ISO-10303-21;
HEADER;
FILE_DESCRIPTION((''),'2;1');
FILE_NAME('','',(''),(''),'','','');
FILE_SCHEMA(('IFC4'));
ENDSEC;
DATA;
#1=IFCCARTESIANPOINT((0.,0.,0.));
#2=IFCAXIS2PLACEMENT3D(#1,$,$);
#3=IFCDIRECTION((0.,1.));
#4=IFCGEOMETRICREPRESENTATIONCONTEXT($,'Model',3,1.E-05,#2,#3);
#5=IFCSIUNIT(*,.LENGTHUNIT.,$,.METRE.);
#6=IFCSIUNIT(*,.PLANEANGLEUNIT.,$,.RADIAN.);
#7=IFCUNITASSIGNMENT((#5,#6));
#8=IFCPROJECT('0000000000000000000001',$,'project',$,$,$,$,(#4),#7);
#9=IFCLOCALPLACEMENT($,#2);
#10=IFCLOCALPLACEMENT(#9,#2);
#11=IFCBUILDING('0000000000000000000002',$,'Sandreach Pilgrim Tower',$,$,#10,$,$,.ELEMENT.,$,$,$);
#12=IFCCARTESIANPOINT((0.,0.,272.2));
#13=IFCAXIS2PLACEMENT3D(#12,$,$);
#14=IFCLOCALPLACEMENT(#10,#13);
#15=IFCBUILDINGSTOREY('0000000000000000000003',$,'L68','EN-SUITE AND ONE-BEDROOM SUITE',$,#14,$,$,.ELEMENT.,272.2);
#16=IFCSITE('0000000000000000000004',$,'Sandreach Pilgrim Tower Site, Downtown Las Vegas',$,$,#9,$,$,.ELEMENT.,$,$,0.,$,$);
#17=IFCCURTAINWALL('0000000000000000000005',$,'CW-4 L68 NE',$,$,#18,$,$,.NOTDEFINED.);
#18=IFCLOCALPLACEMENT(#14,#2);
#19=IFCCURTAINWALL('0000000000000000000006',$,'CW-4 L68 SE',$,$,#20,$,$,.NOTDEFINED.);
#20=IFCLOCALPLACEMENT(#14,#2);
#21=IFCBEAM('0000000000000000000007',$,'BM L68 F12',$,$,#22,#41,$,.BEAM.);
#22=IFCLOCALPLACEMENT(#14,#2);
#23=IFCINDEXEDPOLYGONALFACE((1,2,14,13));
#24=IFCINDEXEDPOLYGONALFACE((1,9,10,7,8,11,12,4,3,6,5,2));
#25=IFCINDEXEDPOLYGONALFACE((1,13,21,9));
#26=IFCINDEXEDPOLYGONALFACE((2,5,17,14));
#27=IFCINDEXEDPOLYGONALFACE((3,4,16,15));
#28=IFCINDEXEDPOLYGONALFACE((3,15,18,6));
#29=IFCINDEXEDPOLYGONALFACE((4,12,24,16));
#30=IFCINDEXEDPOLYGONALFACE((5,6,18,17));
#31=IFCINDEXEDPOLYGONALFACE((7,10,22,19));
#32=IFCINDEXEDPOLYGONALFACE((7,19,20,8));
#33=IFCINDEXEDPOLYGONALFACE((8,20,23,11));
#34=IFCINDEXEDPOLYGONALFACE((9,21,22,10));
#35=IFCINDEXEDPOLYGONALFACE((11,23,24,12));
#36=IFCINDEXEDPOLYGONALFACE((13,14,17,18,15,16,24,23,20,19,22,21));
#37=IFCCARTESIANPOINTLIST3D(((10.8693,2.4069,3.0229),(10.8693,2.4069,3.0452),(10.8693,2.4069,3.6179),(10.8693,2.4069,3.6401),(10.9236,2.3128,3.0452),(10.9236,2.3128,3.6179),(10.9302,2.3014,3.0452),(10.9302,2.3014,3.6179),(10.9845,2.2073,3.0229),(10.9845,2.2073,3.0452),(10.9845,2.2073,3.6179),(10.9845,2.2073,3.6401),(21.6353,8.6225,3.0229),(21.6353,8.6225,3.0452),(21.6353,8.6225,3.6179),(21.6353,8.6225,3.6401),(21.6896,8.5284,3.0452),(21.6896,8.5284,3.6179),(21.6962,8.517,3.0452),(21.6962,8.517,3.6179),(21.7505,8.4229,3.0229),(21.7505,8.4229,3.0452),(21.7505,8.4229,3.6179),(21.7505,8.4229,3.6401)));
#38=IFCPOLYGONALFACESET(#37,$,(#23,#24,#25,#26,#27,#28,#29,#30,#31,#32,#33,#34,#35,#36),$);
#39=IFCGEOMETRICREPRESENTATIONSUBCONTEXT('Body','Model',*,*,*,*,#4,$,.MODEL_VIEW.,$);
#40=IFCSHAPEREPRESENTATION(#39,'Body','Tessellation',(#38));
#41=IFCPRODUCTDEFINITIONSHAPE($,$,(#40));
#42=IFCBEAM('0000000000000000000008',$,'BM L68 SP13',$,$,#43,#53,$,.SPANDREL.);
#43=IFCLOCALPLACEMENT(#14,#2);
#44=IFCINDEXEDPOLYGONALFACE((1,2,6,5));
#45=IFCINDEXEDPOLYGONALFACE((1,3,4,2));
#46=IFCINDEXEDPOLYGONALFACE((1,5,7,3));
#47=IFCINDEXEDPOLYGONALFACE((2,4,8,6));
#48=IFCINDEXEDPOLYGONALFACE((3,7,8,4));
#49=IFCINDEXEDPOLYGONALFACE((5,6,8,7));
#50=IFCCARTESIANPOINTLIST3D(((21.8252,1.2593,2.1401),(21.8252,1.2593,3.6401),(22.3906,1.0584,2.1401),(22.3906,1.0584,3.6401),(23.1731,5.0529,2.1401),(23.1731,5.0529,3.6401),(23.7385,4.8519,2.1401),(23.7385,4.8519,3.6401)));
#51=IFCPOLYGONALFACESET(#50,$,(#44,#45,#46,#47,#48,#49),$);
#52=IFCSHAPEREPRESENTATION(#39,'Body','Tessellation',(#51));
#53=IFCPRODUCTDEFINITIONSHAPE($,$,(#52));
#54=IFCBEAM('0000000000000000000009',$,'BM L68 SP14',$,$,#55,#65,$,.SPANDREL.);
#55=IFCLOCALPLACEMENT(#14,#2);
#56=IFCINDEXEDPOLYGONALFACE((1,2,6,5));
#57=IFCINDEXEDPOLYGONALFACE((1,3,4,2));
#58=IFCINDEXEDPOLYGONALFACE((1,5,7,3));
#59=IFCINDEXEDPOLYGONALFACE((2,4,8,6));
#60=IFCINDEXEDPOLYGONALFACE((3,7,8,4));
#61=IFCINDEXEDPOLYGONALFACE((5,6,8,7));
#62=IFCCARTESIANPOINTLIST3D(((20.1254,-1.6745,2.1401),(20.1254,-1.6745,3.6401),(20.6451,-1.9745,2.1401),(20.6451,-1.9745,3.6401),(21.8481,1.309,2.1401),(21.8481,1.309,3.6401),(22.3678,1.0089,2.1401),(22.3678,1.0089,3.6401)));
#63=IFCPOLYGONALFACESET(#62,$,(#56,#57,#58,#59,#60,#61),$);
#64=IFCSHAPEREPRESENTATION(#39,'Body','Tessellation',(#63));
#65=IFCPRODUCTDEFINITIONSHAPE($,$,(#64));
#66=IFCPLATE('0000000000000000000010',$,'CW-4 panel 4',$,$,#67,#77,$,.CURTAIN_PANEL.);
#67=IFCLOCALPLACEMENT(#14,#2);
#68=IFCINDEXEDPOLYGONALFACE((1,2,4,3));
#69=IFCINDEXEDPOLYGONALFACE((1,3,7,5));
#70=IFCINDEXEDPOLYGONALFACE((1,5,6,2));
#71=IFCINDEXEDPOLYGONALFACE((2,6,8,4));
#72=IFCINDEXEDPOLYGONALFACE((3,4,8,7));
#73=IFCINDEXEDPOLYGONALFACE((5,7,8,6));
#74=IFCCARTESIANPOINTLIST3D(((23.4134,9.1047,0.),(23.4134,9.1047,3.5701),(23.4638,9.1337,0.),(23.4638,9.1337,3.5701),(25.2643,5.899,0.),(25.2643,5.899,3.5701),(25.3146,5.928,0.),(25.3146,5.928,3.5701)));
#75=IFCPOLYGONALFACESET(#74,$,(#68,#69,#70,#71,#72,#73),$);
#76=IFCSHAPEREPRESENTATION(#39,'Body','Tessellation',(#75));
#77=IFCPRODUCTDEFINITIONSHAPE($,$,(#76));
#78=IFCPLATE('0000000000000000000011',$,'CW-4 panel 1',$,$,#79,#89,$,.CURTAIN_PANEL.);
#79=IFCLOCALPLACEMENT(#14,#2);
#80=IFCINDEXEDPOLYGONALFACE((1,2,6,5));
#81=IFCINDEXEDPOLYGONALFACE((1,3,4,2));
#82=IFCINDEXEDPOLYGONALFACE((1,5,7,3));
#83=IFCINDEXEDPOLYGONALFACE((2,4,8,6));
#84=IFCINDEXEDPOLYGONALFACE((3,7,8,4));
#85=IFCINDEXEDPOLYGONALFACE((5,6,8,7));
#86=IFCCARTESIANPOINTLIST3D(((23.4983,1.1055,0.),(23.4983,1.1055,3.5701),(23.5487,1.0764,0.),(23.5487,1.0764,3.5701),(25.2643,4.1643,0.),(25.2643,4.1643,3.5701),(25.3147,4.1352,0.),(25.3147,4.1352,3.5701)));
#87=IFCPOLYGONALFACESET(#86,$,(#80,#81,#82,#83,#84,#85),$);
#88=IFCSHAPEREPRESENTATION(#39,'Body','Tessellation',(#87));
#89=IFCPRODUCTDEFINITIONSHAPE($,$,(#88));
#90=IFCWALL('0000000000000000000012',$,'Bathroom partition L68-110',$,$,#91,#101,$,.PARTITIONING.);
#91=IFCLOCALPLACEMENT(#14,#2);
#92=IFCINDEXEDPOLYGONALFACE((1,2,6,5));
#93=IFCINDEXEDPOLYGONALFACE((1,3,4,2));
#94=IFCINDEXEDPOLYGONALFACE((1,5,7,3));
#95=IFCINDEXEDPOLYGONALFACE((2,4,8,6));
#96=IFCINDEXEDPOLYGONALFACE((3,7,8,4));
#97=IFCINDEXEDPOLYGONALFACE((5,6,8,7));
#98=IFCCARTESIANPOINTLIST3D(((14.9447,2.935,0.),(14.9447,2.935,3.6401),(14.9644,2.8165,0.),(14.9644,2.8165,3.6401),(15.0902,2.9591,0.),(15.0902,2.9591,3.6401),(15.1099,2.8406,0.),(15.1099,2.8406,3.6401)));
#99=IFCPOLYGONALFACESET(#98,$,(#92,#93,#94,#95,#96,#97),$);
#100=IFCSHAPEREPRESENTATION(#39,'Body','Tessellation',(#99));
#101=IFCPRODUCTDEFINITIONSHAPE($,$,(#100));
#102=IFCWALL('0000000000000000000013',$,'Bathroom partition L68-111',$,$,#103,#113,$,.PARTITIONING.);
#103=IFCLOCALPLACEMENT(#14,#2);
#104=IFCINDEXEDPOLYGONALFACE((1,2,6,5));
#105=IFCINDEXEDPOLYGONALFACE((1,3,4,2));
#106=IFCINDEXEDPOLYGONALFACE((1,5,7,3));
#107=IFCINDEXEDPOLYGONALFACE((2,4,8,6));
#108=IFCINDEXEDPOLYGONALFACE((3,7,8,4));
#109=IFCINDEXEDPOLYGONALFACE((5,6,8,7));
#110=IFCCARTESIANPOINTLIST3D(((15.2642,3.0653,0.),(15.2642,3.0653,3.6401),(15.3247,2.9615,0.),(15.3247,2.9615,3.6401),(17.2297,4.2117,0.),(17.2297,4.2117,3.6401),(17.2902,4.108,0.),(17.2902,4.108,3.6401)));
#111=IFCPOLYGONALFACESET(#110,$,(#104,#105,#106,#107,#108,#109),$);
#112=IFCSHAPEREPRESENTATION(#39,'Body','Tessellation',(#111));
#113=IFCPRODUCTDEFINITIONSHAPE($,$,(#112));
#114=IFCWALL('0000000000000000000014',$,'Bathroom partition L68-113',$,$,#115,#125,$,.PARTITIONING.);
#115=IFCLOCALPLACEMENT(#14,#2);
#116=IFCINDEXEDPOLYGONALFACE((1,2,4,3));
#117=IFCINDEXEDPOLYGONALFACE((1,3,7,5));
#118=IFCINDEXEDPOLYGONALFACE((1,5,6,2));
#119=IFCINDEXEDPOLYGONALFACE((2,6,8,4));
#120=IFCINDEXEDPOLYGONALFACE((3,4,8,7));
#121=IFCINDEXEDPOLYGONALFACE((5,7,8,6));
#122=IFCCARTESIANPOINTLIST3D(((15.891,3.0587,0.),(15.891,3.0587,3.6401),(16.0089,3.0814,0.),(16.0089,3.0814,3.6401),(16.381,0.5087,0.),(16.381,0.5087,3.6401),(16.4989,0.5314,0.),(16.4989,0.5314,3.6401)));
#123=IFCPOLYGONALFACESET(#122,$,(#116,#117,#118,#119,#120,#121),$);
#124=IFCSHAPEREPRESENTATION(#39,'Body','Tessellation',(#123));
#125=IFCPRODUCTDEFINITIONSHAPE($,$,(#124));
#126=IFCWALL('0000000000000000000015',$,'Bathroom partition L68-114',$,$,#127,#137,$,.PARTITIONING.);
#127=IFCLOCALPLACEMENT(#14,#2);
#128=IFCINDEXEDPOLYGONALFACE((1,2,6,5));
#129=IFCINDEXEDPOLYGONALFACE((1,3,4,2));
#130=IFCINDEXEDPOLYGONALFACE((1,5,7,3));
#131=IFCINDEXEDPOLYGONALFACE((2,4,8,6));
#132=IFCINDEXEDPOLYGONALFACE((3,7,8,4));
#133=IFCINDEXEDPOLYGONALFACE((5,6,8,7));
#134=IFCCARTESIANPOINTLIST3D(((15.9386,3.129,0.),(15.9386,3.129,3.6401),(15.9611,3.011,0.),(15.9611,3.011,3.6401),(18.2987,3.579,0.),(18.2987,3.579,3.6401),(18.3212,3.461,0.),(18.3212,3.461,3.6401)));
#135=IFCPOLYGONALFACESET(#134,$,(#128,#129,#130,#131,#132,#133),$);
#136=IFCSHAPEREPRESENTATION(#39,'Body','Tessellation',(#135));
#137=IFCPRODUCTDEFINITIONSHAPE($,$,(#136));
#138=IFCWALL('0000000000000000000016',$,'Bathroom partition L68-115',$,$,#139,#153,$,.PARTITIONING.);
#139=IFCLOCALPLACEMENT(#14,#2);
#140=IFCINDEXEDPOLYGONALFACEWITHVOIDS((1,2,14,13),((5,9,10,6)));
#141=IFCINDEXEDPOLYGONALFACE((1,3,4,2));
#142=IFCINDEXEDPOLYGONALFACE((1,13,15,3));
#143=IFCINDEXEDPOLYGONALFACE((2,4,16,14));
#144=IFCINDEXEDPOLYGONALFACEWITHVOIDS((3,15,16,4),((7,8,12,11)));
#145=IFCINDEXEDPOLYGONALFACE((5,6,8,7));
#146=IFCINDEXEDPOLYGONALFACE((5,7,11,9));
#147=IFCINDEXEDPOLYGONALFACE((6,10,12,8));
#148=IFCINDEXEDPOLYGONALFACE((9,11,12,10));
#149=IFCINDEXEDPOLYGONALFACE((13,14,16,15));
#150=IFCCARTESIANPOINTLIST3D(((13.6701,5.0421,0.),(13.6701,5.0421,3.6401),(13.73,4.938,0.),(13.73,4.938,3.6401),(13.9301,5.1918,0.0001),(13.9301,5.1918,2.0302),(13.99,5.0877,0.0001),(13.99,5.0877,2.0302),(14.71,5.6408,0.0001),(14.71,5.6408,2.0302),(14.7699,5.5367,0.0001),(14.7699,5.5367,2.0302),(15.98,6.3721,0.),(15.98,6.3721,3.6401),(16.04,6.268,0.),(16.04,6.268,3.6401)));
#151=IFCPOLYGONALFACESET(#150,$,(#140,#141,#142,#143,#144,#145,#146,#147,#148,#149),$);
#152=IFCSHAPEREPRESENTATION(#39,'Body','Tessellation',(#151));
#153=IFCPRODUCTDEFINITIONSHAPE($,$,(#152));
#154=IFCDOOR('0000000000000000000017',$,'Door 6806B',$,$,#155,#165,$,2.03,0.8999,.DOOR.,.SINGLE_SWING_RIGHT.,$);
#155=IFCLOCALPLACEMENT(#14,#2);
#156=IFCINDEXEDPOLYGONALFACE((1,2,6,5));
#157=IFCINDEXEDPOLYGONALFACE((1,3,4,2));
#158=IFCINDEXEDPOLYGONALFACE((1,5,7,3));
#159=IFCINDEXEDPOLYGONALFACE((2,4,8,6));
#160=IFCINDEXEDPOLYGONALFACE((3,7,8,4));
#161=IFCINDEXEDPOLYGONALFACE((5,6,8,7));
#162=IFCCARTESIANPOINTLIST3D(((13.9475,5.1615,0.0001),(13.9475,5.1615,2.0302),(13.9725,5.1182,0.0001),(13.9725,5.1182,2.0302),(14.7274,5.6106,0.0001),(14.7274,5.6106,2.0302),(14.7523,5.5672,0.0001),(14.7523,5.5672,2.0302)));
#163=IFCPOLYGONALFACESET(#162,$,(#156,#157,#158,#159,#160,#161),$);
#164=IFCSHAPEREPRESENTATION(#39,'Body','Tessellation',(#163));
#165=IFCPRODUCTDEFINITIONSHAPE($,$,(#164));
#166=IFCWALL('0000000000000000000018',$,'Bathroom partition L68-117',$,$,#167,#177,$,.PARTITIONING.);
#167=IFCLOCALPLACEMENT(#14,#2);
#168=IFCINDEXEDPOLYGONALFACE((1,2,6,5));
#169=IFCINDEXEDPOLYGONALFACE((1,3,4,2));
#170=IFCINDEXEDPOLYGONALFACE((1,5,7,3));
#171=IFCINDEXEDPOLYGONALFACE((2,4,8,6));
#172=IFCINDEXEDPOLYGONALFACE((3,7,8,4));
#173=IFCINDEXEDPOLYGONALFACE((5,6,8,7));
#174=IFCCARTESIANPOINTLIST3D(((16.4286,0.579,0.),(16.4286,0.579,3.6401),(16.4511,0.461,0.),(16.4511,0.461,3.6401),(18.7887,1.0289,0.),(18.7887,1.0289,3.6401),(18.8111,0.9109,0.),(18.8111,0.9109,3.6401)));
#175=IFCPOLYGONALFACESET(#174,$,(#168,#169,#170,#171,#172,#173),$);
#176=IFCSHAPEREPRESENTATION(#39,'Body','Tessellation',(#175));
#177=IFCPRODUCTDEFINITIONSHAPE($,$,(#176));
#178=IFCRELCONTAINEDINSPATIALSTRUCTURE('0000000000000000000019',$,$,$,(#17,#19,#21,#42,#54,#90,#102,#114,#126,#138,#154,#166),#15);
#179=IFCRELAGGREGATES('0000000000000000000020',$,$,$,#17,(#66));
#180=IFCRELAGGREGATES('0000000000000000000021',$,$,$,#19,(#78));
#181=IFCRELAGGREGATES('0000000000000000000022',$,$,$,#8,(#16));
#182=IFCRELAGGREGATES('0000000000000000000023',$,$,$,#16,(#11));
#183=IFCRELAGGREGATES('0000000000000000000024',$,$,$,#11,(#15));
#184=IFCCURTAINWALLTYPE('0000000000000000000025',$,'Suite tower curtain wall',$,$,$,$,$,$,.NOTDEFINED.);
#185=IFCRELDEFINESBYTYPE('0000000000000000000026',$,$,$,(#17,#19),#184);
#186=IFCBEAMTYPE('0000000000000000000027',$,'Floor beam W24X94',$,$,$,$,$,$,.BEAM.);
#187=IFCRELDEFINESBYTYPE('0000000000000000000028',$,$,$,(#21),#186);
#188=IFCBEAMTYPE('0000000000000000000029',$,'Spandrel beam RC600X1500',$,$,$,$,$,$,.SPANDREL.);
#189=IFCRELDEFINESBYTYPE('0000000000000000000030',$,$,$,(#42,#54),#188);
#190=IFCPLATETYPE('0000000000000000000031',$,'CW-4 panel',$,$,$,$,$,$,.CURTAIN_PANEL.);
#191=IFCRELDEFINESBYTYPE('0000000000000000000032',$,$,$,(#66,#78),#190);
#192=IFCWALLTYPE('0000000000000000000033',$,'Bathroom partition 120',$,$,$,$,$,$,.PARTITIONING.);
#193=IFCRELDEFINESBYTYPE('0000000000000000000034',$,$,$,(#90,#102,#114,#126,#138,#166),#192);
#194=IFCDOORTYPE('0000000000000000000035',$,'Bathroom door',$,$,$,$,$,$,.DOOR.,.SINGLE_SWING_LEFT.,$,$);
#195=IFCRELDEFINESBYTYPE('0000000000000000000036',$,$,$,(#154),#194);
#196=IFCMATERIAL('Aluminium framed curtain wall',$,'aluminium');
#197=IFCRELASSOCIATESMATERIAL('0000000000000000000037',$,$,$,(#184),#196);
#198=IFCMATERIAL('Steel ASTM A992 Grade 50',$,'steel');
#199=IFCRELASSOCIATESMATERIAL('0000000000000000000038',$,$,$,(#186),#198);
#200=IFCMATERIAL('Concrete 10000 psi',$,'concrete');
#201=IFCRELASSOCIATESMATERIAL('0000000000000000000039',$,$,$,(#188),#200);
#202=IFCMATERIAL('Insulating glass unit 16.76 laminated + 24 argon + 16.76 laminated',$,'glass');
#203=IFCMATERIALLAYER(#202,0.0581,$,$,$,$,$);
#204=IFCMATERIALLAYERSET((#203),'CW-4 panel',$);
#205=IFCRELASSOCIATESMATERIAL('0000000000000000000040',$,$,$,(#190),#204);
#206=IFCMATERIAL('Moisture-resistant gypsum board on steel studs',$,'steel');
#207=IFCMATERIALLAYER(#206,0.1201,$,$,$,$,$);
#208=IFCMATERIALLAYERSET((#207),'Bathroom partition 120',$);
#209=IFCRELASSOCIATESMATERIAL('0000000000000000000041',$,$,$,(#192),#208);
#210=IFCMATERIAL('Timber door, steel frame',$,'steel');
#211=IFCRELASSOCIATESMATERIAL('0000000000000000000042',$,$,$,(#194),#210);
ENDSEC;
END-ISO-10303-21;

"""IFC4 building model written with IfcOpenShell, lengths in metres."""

from ifc_helpers import new_model, si_unit, direction, frame, frame_2d, origin, origin_2d, place, context, subcontext, project, spatial, rectangle, i_section, extrude, material, layer, layer_set, material_profile, profile_set, type_object, element, fill, aggregate, save


model = new_model("IFC4")

# Units and contexts
model_context = context("Model", 3, precision=1e-05, world=origin(), true_north=direction((0.0, 1.0)))
body_context = subcontext(model_context, "Body", "Model", "MODEL_VIEW")
ifc_project = project(units=[si_unit("LENGTHUNIT", "METRE"), si_unit("PLANEANGLEUNIT", "RADIAN")], contexts=[model_context])

# Site, building, storey
site_placement = place(None, origin())
site = spatial("IfcSite", under=ifc_project, at=site_placement, Name="Sandreach Pilgrim Tower Site, Downtown Las Vegas", CompositionType="ELEMENT", RefElevation=0.0)
building_placement = place(site_placement, origin())
building = spatial("IfcBuilding", under=site, at=building_placement, Name="Sandreach Pilgrim Tower", CompositionType="ELEMENT")
storey_placement = place(building_placement, frame((0.0, 0.0, 272.2)))
storey = spatial("IfcBuildingStorey", under=building, at=storey_placement, Name="L68", Description="EN-SUITE AND ONE-BEDROOM SUITE", CompositionType="ELEMENT", Elevation=272.2)

# Curtain wall
ifc_material_1 = material(Name="Aluminium framed curtain wall", Category="aluminium")
curtain_wall_type = type_object("IfcCurtainWallType", Name="Suite tower curtain wall", PredefinedType="NOTDEFINED", material=ifc_material_1)
curtain_wall_1_placement = place(storey_placement, origin())
curtain_wall_1 = element("IfcCurtainWall", 1, at=curtain_wall_1_placement, inside=storey, type_object=curtain_wall_type, Name="CW-4 L68 NE", PredefinedType="NOTDEFINED")

# Curtain wall
curtain_wall_2_placement = place(storey_placement, origin())
curtain_wall_2 = element("IfcCurtainWall", 2, at=curtain_wall_2_placement, inside=storey, type_object=curtain_wall_type, Name="CW-4 L68 SE", PredefinedType="NOTDEFINED")

# Beams
ifc_material_2 = material(Name="Steel ASTM A992 Grade 50", Category="steel")
ifc_material_profile_1 = material_profile(ifc_material_2, i_section(OverallWidth=0.2305, OverallDepth=0.6172, WebThickness=0.0132, FlangeThickness=0.0222, at=origin_2d()), Name="W24X94")
ifc_profile_set_1 = profile_set([ifc_material_profile_1], Name="Steel ASTM A992 Grade 50")
beam_type_1 = type_object("IfcBeamType", Name="Floor beam W24X94", PredefinedType="BEAM", material=ifc_profile_set_1)
beam_1_placement = place(storey_placement, frame((21.6929, 8.5227, 3.3315), z_axis=(-0.866029, -0.499994, 0.0), x_axis=(0.499994, -0.866029, 0.0)))
element("IfcBeam", 3, at=beam_1_placement, inside=storey, type_object=beam_type_1, Name="BM L68 F12", PredefinedType="BEAM", context=body_context, shape_type="SweptSolid", body=[
    extrude(i_section(OverallWidth=0.2305, OverallDepth=0.6172, WebThickness=0.0132, FlangeThickness=0.0222, at=origin_2d()), origin(), (0.0, 0.0, 1.0), 12.4314),
])
ifc_material_3 = material(Name="Concrete 10000 psi", Category="concrete")
ifc_material_profile_2 = material_profile(ifc_material_3, rectangle(XDim=0.6001, YDim=1.5, at=origin_2d()), Name="RC600X1500")
ifc_profile_set_2 = profile_set([ifc_material_profile_2], Name="Concrete 10000 psi")
beam_type_2 = type_object("IfcBeamType", Name="Spandrel beam RC600X1500", PredefinedType="SPANDREL", material=ifc_profile_set_2)
beam_2_placement = place(storey_placement, frame((23.4558, 4.9524, 2.8901), z_axis=(-0.334815, -0.942284, 0.0), x_axis=(0.942284, -0.334815, 0.0)))
element("IfcBeam", 4, at=beam_2_placement, inside=storey, type_object=beam_type_2, Name="BM L68 SP13", PredefinedType="SPANDREL", context=body_context, shape_type="SweptSolid", body=[
    extrude(rectangle(XDim=0.6001, YDim=1.5, at=origin_2d()), origin(), (0.0, 0.0, 1.0), 4.0259),
])
beam_3_placement = place(storey_placement, frame((22.1079, 1.1589, 2.8901), z_axis=(-0.500041, -0.866001, 0.0), x_axis=(0.866001, -0.500041, 0.0)))
element("IfcBeam", 5, at=beam_3_placement, inside=storey, type_object=beam_type_2, Name="BM L68 SP14", PredefinedType="SPANDREL", context=body_context, shape_type="SweptSolid", body=[
    extrude(rectangle(XDim=0.6001, YDim=1.5, at=origin_2d()), origin(), (0.0, 0.0, 1.0), 3.4451),
])

# Plates
ifc_material_4 = material(Name="Insulating glass unit 16.76 laminated + 24 argon + 16.76 laminated", Category="glass")
ifc_layer_1 = layer(ifc_material_4, 0.0581)
ifc_layer_set_1 = layer_set([ifc_layer_1], Name="CW-4 panel")
plate_type = type_object("IfcPlateType", Name="CW-4 panel", PredefinedType="CURTAIN_PANEL", material=ifc_layer_set_1)
plate_1_placement = place(storey_placement, frame((24.364, 7.5164, 0.0), z_axis=(0.0, 0.0, 1.0), x_axis=(0.5, -0.866025, 0.0)))
plate_1 = element("IfcPlate", 6, at=plate_1_placement, type_object=plate_type, Name="CW-4 panel 4", PredefinedType="CURTAIN_PANEL", context=body_context, shape_type="SweptSolid", body=[
    extrude(rectangle(XDim=3.7017, YDim=0.0581, at=origin_2d()), origin(), (0.0, 0.0, 1.0), 3.5701),
])
aggregate(curtain_wall_1, [plate_1])
plate_2_placement = place(storey_placement, frame((24.4065, 2.6204, 0.0), z_axis=(0.0, 0.0, 1.0), x_axis=(-0.5, -0.866025, 0.0)))
plate_2 = element("IfcPlate", 7, at=plate_2_placement, type_object=plate_type, Name="CW-4 panel 1", PredefinedType="CURTAIN_PANEL", context=body_context, shape_type="SweptSolid", body=[
    extrude(rectangle(XDim=3.532, YDim=0.0581, at=origin_2d()), origin(), (0.0, 0.0, 1.0), 3.5701),
])
aggregate(curtain_wall_2, [plate_2])

# Walls
ifc_material_5 = material(Name="Moisture-resistant gypsum board on steel studs", Category="steel")
ifc_layer_2 = layer(ifc_material_5, 0.1201)
ifc_layer_set_2 = layer_set([ifc_layer_2], Name="Bathroom partition 120")
wall_type_1 = type_object("IfcWallType", Name="Bathroom partition 120", PredefinedType="PARTITIONING", material=ifc_layer_set_2)
wall_1_placement = place(storey_placement, frame((14.9546, 2.8757, 0.0), z_axis=(0.0, 0.0, 1.0), x_axis=(0.986483, 0.163862, 0.0)))
element("IfcWall", 8, at=wall_1_placement, inside=storey, type_object=wall_type_1, Name="Bathroom partition L68-110", PredefinedType="PARTITIONING", context=body_context, shape_type="SweptSolid", body=[
    extrude(rectangle(XDim=0.1475, YDim=0.1201, at=frame_2d((0.0737, 0.0))), origin(), (0.0, 0.0, 1.0), 3.6401),
])
wall_2_placement = place(storey_placement, frame((15.2944, 3.0134, 0.0), z_axis=(0.0, 0.0, 1.0), x_axis=(0.863798, 0.503838, 0.0)))
element("IfcWall", 9, at=wall_2_placement, inside=storey, type_object=wall_type_1, Name="Bathroom partition L68-111", PredefinedType="PARTITIONING", context=body_context, shape_type="SweptSolid", body=[
    extrude(rectangle(XDim=2.2754, YDim=0.1201, at=frame_2d((1.1377, 0.0))), origin(), (0.0, 0.0, 1.0), 3.6401),
])
wall_3_placement = place(storey_placement, frame((15.95, 3.0701, 0.0), z_axis=(0.0, 0.0, 1.0), x_axis=(0.188697, -0.982035, 0.0)))
element("IfcWall", 10, at=wall_3_placement, inside=storey, type_object=wall_type_1, Name="Bathroom partition L68-113", PredefinedType="PARTITIONING", context=body_context, shape_type="SweptSolid", body=[
    extrude(rectangle(XDim=2.5967, YDim=0.1201, at=frame_2d((1.2983, 0.0))), origin(), (0.0, 0.0, 1.0), 3.6401),
])
wall_4_placement = place(storey_placement, frame((15.95, 3.0701, 0.0), z_axis=(0.0, 0.0, 1.0), x_axis=(0.982307, 0.187276, 0.0)))
element("IfcWall", 11, at=wall_4_placement, inside=storey, type_object=wall_type_1, Name="Bathroom partition L68-114", PredefinedType="PARTITIONING", context=body_context, shape_type="SweptSolid", body=[
    extrude(rectangle(XDim=2.4026, YDim=0.1201, at=frame_2d((1.2012, 0.0))), origin(), (0.0, 0.0, 1.0), 3.6401),
])

# Wall, opening, door
wall_5_placement = place(storey_placement, frame((16.01, 6.3201, 0.0), z_axis=(0.0, 0.0, 1.0), x_axis=(-0.866615, -0.498977, 0.0)))
wall_5 = element("IfcWall", 12, at=wall_5_placement, inside=storey, type_object=wall_type_1, Name="Bathroom partition L68-115", PredefinedType="PARTITIONING", context=body_context, shape_type="SweptSolid", body=[
    extrude(rectangle(XDim=2.6655, YDim=0.1201, at=frame_2d((1.3328, 0.0))), origin(), (0.0, 0.0, 1.0), 3.6401),
])
opening_1_placement = place(wall_5_placement, frame((1.4656, 0.0, 0.0)))
opening_1 = element("IfcOpeningElement", 13, at=opening_1_placement, cuts=wall_5, PredefinedType="OPENING", context=body_context, shape_type="SweptSolid", body=[
    extrude(rectangle(XDim=0.8999, YDim=2.03, at=frame_2d((0.45, 1.0151))), frame((0.0, 0.0601, 0.0), z_axis=(0.0, -1.0, 0.0), x_axis=(1.0, 0.0, 0.0)), (0.0, 0.0, 1.0), 0.1201),
])
ifc_material_6 = material(Name="Timber door, steel frame", Category="steel")
door_type_1 = type_object("IfcDoorType", Name="Bathroom door", OperationType="SINGLE_SWING_LEFT", PredefinedType="DOOR", material=ifc_material_6)
door_1_placement = place(opening_1_placement, origin())
door_1 = element("IfcDoor", 14, at=door_1_placement, inside=storey, type_object=door_type_1, Name="Door 6806B", OperationType="SINGLE_SWING_RIGHT", OverallHeight=2.03, OverallWidth=0.8999, PredefinedType="DOOR", context=body_context, shape_type="SweptSolid", body=[
    extrude(rectangle(XDim=0.8999, YDim=2.03, at=frame_2d((0.45, 1.0151))), frame((0.0, 0.0249, 0.0), z_axis=(0.0, -1.0, 0.0), x_axis=(1.0, 0.0, 0.0)), (0.0, 0.0, 1.0), 0.05),
])
fill(opening_1, door_1)

# Wall
wall_6_placement = place(storey_placement, frame((16.4399, 0.52, 0.0), z_axis=(0.0, 0.0, 1.0), x_axis=(0.982307, 0.187276, 0.0)))
element("IfcWall", 15, at=wall_6_placement, inside=storey, type_object=wall_type_1, Name="Bathroom partition L68-117", PredefinedType="PARTITIONING", context=body_context, shape_type="SweptSolid", body=[
    extrude(rectangle(XDim=2.4026, YDim=0.1201, at=frame_2d((1.2012, 0.0))), origin(), (0.0, 0.0, 1.0), 3.6401),
])

save(model, "model.ifc")
